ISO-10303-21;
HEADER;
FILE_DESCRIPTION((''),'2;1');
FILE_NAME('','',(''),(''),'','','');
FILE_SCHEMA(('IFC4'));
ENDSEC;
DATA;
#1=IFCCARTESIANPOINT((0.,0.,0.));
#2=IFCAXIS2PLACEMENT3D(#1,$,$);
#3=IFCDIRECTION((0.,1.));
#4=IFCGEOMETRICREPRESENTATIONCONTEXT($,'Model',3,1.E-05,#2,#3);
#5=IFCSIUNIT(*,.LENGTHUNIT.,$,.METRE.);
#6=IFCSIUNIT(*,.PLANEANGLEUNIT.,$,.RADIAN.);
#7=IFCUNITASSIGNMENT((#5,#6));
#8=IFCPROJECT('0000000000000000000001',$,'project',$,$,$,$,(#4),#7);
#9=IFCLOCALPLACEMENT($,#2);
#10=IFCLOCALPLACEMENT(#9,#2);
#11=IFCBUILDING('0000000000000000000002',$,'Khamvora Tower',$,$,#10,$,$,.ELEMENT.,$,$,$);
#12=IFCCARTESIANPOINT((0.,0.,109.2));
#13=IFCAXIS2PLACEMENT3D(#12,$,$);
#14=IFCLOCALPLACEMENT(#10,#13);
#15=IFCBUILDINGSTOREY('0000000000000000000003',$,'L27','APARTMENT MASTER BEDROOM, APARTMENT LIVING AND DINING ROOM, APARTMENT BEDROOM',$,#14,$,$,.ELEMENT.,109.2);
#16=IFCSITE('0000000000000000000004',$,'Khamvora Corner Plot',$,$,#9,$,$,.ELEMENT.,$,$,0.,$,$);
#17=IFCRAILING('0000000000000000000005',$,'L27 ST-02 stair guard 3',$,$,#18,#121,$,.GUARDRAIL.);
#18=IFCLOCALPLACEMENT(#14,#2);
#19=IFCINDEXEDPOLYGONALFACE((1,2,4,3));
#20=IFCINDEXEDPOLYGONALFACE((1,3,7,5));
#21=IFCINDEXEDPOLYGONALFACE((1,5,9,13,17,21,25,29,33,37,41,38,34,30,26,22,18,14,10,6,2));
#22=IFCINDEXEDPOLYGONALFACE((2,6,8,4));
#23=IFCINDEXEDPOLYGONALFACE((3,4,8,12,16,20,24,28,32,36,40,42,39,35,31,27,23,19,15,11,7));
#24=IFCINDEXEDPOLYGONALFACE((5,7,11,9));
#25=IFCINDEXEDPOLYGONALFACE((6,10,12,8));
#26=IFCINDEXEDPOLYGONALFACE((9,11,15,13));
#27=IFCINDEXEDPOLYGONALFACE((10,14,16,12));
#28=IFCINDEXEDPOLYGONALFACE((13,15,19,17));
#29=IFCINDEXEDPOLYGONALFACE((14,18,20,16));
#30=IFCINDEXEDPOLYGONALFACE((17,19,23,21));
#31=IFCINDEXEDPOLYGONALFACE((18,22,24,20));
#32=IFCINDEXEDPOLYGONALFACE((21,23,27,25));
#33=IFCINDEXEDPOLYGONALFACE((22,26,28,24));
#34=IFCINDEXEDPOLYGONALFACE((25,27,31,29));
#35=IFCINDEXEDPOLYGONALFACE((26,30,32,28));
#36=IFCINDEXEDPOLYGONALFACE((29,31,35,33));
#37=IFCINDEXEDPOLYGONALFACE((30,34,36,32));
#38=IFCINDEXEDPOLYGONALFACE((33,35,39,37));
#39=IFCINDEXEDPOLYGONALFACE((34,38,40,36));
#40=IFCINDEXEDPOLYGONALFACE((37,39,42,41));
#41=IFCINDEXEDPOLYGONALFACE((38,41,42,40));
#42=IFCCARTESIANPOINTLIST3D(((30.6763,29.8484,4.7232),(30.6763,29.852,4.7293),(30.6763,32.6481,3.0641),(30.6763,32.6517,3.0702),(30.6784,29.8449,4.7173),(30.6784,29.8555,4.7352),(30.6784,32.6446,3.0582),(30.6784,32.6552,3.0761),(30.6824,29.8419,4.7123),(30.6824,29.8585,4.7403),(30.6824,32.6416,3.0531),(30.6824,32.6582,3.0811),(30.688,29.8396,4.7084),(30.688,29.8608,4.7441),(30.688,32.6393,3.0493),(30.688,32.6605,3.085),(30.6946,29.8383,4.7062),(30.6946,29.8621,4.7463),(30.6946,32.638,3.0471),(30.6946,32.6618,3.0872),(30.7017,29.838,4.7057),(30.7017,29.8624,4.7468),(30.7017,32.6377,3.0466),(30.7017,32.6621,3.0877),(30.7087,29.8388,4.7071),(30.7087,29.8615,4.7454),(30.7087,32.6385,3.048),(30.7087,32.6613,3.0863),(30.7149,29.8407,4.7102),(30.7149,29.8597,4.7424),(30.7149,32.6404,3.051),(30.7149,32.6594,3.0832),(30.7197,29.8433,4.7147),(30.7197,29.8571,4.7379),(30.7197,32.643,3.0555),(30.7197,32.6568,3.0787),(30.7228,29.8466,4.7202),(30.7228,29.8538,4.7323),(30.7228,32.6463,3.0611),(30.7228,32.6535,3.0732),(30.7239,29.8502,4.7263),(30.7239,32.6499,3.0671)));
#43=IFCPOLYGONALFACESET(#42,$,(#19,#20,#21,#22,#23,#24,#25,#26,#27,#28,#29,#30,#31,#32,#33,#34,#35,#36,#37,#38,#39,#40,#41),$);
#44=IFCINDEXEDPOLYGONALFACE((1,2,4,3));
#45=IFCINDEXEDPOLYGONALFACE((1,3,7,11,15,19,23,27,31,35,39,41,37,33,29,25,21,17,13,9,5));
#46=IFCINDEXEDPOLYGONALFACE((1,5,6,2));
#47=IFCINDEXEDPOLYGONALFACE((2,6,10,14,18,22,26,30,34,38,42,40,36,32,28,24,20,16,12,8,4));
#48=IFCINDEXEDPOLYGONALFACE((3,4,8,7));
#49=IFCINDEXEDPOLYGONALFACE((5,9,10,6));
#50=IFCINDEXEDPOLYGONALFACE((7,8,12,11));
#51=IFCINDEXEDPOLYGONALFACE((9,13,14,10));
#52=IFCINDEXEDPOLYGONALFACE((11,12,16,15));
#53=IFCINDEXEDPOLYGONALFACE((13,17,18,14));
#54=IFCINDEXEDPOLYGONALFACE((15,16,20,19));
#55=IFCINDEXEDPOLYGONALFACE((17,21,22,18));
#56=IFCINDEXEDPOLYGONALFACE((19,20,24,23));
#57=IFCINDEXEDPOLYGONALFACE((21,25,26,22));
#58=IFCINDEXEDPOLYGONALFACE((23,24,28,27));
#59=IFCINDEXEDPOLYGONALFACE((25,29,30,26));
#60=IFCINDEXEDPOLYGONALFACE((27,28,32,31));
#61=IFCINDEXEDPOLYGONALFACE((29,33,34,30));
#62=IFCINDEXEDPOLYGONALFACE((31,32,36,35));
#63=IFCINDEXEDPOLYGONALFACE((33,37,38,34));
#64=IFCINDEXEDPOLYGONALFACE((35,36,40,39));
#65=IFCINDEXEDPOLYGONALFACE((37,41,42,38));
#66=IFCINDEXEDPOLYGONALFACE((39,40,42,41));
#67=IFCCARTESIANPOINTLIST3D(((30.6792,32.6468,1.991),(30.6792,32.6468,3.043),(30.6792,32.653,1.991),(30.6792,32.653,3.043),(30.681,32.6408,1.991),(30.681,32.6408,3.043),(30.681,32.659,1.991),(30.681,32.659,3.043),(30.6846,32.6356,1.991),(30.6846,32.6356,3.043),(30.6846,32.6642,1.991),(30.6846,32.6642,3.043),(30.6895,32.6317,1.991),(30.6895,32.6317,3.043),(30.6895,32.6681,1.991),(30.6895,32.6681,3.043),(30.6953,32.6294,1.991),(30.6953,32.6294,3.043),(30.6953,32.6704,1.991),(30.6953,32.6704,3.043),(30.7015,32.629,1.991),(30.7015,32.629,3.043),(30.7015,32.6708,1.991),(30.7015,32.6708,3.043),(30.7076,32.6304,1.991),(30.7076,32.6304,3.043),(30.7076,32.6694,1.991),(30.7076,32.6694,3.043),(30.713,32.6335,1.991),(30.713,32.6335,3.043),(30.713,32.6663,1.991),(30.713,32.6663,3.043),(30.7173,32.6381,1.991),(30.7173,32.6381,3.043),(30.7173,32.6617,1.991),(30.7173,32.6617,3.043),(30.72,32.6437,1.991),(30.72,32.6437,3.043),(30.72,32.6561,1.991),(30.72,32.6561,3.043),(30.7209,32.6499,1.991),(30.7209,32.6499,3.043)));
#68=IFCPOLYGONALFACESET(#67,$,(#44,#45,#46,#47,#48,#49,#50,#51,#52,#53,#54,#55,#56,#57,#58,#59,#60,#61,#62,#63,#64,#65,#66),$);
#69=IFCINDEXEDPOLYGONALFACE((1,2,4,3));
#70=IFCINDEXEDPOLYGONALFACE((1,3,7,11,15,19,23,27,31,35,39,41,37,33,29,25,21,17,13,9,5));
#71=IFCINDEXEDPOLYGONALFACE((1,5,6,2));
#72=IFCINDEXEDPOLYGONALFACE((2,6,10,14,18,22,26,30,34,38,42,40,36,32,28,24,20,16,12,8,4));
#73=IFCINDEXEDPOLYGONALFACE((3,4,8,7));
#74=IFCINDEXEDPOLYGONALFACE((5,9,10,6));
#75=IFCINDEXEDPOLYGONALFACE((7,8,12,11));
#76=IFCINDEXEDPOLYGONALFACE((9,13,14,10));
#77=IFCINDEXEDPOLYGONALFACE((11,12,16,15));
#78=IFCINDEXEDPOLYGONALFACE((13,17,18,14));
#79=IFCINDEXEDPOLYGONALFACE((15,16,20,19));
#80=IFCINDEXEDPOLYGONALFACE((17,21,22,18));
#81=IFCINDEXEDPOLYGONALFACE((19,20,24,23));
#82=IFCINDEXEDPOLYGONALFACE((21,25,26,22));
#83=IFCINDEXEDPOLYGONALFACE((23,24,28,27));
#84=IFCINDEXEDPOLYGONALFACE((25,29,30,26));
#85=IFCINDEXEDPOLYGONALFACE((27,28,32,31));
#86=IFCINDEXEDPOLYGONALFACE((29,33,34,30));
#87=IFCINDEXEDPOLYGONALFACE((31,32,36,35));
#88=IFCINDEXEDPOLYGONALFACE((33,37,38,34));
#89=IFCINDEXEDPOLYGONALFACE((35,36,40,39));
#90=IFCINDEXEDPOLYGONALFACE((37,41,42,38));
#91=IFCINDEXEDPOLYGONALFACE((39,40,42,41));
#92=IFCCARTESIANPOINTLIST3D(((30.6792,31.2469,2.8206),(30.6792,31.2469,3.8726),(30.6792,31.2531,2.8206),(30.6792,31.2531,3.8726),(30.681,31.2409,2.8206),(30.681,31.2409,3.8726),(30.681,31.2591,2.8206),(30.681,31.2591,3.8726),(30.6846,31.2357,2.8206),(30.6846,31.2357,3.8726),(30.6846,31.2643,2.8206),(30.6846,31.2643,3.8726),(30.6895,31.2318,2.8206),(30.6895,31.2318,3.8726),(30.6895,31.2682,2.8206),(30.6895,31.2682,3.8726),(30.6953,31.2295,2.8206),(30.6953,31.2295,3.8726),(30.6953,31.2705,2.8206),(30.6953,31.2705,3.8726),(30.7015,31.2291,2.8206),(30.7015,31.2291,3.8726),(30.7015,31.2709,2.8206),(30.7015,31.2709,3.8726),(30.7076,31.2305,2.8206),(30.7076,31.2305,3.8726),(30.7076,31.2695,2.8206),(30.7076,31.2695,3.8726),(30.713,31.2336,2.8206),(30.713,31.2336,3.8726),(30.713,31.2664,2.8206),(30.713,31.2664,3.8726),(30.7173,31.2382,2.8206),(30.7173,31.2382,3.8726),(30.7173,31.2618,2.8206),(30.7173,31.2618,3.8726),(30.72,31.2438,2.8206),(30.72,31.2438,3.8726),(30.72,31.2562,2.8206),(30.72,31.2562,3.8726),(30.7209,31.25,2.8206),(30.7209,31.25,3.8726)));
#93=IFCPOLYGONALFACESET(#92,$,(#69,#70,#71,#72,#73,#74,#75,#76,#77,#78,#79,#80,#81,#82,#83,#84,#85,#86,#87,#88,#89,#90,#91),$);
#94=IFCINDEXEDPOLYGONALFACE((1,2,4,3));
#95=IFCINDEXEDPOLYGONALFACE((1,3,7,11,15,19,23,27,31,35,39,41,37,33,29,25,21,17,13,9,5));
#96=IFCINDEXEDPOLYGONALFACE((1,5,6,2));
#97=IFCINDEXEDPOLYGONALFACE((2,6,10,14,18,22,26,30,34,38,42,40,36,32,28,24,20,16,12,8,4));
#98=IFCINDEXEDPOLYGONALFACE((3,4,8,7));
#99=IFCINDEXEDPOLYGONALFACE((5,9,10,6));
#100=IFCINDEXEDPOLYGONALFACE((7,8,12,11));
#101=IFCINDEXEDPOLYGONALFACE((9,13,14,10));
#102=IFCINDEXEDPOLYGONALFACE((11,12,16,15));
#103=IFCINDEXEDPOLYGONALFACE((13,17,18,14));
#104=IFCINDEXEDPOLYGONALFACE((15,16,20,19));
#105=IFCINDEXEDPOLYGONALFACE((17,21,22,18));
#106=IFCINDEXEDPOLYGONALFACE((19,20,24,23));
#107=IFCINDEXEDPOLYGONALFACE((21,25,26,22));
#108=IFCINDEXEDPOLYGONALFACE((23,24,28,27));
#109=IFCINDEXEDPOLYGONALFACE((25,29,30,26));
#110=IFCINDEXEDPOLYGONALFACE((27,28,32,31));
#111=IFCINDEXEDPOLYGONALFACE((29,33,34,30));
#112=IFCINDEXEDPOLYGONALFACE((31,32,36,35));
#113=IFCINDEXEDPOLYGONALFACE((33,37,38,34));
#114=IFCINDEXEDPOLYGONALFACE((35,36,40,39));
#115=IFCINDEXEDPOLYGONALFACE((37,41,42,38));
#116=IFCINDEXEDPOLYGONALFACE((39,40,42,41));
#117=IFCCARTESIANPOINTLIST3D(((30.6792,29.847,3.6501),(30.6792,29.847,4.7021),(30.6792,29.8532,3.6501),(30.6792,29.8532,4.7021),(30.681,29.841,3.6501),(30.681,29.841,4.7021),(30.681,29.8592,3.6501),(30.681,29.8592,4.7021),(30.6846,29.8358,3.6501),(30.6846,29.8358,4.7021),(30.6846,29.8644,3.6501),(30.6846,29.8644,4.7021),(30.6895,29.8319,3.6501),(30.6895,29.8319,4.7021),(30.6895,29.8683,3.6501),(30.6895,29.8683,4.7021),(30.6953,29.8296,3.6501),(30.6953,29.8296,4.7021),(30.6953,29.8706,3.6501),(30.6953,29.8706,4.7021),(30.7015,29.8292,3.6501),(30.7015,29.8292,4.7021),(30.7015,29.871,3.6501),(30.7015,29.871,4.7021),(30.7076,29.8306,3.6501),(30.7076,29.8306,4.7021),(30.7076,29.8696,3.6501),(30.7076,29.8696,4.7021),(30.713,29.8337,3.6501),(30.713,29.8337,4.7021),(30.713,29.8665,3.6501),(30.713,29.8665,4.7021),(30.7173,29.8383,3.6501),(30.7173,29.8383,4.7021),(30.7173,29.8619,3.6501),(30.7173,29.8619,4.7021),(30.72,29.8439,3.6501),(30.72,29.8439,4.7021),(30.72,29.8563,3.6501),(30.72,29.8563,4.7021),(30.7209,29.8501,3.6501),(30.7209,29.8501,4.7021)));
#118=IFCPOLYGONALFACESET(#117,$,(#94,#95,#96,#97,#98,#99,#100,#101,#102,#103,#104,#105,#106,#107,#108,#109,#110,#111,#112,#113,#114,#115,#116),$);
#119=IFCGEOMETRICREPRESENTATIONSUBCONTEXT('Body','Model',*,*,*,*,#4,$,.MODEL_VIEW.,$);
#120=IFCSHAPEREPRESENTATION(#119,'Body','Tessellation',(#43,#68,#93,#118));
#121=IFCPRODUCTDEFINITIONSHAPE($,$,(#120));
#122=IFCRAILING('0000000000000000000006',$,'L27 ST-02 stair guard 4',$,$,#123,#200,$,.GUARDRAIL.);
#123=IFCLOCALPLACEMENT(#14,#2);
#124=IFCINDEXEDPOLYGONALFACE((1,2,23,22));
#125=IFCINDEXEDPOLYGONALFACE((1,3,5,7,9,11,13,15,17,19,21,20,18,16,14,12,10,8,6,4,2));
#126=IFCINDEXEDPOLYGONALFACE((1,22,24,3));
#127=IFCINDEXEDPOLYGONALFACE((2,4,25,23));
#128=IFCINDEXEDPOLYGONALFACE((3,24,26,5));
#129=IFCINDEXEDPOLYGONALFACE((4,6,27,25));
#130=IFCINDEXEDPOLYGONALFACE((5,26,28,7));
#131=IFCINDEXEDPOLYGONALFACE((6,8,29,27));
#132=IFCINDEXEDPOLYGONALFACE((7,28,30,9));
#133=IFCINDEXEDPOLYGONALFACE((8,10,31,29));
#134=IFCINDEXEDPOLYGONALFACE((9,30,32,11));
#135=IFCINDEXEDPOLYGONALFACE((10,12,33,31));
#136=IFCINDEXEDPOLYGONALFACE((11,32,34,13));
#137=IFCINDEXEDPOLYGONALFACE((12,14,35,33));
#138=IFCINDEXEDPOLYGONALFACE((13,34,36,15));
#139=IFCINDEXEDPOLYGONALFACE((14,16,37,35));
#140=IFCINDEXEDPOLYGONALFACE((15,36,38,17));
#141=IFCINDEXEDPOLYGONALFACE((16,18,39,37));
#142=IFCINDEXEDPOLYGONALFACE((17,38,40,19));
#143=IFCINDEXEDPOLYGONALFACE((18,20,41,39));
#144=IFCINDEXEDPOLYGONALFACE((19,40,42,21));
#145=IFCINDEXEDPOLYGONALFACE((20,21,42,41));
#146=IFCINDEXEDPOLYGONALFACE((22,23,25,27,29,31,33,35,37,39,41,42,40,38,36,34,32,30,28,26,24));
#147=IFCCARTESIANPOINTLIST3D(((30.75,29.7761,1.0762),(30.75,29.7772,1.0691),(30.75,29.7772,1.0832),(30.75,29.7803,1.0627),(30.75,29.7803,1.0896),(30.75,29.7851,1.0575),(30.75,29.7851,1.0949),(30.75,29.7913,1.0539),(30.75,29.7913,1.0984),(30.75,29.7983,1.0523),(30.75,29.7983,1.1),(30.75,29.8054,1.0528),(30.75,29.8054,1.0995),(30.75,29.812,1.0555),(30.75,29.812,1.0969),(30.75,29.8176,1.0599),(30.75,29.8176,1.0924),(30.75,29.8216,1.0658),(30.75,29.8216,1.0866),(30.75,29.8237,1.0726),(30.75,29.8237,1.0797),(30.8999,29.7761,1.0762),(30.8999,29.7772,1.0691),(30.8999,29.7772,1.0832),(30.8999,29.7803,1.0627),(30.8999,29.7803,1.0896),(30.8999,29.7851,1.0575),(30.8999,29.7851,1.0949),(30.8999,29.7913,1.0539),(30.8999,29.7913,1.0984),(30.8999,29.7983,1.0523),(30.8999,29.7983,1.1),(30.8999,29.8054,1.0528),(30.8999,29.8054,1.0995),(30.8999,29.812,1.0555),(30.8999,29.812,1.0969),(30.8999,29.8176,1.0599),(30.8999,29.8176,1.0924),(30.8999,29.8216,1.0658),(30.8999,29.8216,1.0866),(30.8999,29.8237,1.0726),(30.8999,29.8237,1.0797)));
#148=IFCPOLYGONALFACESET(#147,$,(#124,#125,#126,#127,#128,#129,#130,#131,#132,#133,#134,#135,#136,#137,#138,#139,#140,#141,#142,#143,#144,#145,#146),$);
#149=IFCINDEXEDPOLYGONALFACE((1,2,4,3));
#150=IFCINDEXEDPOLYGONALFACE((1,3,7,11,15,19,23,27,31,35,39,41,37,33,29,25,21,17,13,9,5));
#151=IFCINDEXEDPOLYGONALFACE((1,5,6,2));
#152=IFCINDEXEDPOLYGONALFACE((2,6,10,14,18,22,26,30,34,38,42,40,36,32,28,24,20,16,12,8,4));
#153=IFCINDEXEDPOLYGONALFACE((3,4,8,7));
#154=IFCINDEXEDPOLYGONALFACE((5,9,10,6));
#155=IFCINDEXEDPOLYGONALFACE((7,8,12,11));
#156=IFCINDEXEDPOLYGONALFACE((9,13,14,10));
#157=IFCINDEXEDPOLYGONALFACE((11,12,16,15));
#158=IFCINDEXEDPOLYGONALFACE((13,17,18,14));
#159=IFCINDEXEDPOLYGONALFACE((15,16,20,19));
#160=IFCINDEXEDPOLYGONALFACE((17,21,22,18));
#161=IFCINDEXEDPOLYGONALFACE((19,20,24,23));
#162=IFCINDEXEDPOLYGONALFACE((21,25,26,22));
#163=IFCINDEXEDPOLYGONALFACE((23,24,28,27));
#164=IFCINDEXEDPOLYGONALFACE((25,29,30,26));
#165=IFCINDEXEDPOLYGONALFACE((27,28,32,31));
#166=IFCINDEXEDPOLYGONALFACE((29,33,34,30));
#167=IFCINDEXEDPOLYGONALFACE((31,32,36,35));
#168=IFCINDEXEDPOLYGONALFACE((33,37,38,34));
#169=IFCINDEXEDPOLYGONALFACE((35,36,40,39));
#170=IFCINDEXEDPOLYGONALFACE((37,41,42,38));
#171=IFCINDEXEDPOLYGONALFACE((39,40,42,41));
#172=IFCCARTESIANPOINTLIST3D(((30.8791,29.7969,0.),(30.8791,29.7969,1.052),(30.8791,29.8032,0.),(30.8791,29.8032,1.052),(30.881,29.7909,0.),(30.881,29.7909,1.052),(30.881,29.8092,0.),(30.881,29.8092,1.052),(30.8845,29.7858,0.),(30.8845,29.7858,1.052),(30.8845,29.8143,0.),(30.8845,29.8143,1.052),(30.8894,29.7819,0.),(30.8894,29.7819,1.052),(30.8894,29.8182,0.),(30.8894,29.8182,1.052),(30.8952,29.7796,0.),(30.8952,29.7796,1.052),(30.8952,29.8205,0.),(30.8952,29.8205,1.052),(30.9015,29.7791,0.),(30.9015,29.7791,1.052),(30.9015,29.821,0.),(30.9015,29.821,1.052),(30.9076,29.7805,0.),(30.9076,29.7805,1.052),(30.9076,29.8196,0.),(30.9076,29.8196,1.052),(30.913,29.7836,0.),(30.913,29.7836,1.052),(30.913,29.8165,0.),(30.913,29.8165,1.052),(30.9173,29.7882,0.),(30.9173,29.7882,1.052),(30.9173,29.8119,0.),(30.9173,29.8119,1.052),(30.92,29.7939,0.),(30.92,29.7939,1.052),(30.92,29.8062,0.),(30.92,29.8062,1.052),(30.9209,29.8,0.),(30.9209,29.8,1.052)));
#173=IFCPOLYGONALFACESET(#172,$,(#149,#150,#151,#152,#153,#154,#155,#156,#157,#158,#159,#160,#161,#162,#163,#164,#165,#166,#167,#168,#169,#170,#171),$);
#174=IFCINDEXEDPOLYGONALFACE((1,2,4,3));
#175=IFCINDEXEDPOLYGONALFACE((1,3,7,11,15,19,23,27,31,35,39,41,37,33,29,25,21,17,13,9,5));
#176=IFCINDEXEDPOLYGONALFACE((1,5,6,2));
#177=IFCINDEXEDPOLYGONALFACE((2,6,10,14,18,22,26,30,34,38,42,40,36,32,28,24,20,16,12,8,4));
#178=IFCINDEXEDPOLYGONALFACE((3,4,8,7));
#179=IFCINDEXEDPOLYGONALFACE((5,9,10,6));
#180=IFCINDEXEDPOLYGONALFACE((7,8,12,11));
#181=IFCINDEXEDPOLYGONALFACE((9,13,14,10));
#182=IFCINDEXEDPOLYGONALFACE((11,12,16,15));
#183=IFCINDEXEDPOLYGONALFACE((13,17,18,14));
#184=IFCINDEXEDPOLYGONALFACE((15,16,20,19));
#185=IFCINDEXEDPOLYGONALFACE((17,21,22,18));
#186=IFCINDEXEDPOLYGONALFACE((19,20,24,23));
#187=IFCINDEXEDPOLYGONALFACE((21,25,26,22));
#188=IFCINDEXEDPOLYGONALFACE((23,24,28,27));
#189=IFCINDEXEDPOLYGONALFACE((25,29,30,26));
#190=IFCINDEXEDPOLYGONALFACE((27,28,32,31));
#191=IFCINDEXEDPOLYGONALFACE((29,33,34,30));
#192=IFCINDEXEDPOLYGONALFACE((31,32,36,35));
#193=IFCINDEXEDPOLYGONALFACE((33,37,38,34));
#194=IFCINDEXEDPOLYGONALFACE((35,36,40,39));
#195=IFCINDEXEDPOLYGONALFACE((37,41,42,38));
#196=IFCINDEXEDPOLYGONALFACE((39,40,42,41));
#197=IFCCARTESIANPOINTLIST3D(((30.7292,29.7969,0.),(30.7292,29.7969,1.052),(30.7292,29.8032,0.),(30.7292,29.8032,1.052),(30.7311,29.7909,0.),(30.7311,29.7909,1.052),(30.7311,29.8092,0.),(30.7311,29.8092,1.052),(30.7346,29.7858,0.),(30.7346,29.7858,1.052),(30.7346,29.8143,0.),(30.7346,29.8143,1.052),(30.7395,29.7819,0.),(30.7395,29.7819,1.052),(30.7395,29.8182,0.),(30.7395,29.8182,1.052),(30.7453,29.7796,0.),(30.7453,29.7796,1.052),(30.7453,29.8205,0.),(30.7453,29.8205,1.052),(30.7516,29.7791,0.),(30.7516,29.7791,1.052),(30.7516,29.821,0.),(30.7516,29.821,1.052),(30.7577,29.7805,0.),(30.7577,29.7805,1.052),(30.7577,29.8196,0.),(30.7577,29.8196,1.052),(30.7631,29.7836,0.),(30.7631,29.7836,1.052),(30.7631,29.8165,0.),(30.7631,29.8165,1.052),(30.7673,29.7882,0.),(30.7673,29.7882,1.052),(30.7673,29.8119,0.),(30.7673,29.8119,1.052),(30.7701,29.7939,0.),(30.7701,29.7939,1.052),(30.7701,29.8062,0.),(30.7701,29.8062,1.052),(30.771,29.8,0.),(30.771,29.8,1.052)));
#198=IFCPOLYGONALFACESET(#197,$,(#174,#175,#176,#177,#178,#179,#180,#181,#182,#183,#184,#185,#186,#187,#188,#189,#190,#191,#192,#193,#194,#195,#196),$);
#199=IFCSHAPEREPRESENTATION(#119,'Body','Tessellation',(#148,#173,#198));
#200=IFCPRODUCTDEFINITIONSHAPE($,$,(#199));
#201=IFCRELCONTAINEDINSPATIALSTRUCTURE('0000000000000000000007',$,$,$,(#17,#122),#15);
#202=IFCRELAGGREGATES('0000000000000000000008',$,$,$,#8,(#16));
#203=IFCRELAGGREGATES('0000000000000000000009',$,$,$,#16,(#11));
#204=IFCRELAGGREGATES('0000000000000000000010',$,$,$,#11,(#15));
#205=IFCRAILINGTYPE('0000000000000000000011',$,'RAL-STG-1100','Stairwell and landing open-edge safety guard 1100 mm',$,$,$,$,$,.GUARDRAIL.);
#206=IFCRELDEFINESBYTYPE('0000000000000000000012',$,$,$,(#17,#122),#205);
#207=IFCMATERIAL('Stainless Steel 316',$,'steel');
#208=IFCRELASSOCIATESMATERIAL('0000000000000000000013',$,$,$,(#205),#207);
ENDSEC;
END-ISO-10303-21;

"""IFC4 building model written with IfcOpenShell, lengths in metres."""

from ifc_helpers import new_model, si_unit, direction, frame, origin, origin_2d, place, context, subcontext, project, spatial, circle, extrude, material, type_object, element, save


model = new_model("IFC4")

# Units and contexts
model_context = context("Model", 3, precision=1e-05, world=origin(), true_north=direction((0.0, 1.0)))
body_context = subcontext(model_context, "Body", "Model", "MODEL_VIEW")
ifc_project = project(units=[si_unit("LENGTHUNIT", "METRE"), si_unit("PLANEANGLEUNIT", "RADIAN")], contexts=[model_context])

# Site, building, storey
site_placement = place(None, origin())
site = spatial("IfcSite", under=ifc_project, at=site_placement, Name="Khamvora Corner Plot", CompositionType="ELEMENT", RefElevation=0.0)
building_placement = place(site_placement, origin())
building = spatial("IfcBuilding", under=site, at=building_placement, Name="Khamvora Tower", CompositionType="ELEMENT")
storey_placement = place(building_placement, frame((0.0, 0.0, 109.2)))
storey = spatial("IfcBuildingStorey", under=building, at=storey_placement, Name="L27", Description="APARTMENT MASTER BEDROOM, APARTMENT LIVING AND DINING ROOM, APARTMENT BEDROOM", CompositionType="ELEMENT", Elevation=109.2)

# Railings
ifc_material_1 = material(Name="Stainless Steel 316", Category="steel")
railing_type_1 = type_object("IfcRailingType", Name="RAL-STG-1100", Description="Stairwell and landing open-edge safety guard 1100 mm", PredefinedType="GUARDRAIL", material=ifc_material_1)
railing_1_placement = place(storey_placement, frame((30.7, 32.6499, 1.991)))
element("IfcRailing", 1, at=railing_1_placement, inside=storey, type_object=railing_type_1, Name="L27 ST-02 stair guard 3", PredefinedType="GUARDRAIL", context=body_context, shape_type="SweptSolid", body=[
    extrude(circle(Radius=0.0239, at=origin_2d()), frame((0.0, 0.0, 1.0762), z_axis=(0.0, -0.860287, 0.509811), x_axis=(1.0, 0.0, 0.0)), (0.0, 0.0, 1.0), 3.2544),
    extrude(circle(Radius=0.021, at=origin_2d()), origin(), (0.0, 0.0, 1.0), 1.052),
    extrude(circle(Radius=0.021, at=origin_2d()), frame((0.0, -1.3999, 0.8296)), (0.0, 0.0, 1.0), 1.052),
    extrude(circle(Radius=0.021, at=origin_2d()), frame((0.0, -2.7998, 1.6592)), (0.0, 0.0, 1.0), 1.052),
])
railing_2_placement = place(storey_placement, frame((30.8999, 29.8, 0.0)))
element("IfcRailing", 2, at=railing_2_placement, inside=storey, type_object=railing_type_1, Name="L27 ST-02 stair guard 4", PredefinedType="GUARDRAIL", context=body_context, shape_type="SweptSolid", body=[
    extrude(circle(Radius=0.0239, at=origin_2d()), frame((0.0, 0.0, 1.0762), z_axis=(-1.0, 0.0, 0.0), x_axis=(0.0, -1.0, 0.0)), (0.0, 0.0, 1.0), 0.1499),
    extrude(circle(Radius=0.021, at=origin_2d()), origin(), (0.0, 0.0, 1.0), 1.052),
    extrude(circle(Radius=0.021, at=origin_2d()), frame((-0.1499, 0.0, 0.0)), (0.0, 0.0, 1.0), 1.052),
])

save(model, "model.ifc")
